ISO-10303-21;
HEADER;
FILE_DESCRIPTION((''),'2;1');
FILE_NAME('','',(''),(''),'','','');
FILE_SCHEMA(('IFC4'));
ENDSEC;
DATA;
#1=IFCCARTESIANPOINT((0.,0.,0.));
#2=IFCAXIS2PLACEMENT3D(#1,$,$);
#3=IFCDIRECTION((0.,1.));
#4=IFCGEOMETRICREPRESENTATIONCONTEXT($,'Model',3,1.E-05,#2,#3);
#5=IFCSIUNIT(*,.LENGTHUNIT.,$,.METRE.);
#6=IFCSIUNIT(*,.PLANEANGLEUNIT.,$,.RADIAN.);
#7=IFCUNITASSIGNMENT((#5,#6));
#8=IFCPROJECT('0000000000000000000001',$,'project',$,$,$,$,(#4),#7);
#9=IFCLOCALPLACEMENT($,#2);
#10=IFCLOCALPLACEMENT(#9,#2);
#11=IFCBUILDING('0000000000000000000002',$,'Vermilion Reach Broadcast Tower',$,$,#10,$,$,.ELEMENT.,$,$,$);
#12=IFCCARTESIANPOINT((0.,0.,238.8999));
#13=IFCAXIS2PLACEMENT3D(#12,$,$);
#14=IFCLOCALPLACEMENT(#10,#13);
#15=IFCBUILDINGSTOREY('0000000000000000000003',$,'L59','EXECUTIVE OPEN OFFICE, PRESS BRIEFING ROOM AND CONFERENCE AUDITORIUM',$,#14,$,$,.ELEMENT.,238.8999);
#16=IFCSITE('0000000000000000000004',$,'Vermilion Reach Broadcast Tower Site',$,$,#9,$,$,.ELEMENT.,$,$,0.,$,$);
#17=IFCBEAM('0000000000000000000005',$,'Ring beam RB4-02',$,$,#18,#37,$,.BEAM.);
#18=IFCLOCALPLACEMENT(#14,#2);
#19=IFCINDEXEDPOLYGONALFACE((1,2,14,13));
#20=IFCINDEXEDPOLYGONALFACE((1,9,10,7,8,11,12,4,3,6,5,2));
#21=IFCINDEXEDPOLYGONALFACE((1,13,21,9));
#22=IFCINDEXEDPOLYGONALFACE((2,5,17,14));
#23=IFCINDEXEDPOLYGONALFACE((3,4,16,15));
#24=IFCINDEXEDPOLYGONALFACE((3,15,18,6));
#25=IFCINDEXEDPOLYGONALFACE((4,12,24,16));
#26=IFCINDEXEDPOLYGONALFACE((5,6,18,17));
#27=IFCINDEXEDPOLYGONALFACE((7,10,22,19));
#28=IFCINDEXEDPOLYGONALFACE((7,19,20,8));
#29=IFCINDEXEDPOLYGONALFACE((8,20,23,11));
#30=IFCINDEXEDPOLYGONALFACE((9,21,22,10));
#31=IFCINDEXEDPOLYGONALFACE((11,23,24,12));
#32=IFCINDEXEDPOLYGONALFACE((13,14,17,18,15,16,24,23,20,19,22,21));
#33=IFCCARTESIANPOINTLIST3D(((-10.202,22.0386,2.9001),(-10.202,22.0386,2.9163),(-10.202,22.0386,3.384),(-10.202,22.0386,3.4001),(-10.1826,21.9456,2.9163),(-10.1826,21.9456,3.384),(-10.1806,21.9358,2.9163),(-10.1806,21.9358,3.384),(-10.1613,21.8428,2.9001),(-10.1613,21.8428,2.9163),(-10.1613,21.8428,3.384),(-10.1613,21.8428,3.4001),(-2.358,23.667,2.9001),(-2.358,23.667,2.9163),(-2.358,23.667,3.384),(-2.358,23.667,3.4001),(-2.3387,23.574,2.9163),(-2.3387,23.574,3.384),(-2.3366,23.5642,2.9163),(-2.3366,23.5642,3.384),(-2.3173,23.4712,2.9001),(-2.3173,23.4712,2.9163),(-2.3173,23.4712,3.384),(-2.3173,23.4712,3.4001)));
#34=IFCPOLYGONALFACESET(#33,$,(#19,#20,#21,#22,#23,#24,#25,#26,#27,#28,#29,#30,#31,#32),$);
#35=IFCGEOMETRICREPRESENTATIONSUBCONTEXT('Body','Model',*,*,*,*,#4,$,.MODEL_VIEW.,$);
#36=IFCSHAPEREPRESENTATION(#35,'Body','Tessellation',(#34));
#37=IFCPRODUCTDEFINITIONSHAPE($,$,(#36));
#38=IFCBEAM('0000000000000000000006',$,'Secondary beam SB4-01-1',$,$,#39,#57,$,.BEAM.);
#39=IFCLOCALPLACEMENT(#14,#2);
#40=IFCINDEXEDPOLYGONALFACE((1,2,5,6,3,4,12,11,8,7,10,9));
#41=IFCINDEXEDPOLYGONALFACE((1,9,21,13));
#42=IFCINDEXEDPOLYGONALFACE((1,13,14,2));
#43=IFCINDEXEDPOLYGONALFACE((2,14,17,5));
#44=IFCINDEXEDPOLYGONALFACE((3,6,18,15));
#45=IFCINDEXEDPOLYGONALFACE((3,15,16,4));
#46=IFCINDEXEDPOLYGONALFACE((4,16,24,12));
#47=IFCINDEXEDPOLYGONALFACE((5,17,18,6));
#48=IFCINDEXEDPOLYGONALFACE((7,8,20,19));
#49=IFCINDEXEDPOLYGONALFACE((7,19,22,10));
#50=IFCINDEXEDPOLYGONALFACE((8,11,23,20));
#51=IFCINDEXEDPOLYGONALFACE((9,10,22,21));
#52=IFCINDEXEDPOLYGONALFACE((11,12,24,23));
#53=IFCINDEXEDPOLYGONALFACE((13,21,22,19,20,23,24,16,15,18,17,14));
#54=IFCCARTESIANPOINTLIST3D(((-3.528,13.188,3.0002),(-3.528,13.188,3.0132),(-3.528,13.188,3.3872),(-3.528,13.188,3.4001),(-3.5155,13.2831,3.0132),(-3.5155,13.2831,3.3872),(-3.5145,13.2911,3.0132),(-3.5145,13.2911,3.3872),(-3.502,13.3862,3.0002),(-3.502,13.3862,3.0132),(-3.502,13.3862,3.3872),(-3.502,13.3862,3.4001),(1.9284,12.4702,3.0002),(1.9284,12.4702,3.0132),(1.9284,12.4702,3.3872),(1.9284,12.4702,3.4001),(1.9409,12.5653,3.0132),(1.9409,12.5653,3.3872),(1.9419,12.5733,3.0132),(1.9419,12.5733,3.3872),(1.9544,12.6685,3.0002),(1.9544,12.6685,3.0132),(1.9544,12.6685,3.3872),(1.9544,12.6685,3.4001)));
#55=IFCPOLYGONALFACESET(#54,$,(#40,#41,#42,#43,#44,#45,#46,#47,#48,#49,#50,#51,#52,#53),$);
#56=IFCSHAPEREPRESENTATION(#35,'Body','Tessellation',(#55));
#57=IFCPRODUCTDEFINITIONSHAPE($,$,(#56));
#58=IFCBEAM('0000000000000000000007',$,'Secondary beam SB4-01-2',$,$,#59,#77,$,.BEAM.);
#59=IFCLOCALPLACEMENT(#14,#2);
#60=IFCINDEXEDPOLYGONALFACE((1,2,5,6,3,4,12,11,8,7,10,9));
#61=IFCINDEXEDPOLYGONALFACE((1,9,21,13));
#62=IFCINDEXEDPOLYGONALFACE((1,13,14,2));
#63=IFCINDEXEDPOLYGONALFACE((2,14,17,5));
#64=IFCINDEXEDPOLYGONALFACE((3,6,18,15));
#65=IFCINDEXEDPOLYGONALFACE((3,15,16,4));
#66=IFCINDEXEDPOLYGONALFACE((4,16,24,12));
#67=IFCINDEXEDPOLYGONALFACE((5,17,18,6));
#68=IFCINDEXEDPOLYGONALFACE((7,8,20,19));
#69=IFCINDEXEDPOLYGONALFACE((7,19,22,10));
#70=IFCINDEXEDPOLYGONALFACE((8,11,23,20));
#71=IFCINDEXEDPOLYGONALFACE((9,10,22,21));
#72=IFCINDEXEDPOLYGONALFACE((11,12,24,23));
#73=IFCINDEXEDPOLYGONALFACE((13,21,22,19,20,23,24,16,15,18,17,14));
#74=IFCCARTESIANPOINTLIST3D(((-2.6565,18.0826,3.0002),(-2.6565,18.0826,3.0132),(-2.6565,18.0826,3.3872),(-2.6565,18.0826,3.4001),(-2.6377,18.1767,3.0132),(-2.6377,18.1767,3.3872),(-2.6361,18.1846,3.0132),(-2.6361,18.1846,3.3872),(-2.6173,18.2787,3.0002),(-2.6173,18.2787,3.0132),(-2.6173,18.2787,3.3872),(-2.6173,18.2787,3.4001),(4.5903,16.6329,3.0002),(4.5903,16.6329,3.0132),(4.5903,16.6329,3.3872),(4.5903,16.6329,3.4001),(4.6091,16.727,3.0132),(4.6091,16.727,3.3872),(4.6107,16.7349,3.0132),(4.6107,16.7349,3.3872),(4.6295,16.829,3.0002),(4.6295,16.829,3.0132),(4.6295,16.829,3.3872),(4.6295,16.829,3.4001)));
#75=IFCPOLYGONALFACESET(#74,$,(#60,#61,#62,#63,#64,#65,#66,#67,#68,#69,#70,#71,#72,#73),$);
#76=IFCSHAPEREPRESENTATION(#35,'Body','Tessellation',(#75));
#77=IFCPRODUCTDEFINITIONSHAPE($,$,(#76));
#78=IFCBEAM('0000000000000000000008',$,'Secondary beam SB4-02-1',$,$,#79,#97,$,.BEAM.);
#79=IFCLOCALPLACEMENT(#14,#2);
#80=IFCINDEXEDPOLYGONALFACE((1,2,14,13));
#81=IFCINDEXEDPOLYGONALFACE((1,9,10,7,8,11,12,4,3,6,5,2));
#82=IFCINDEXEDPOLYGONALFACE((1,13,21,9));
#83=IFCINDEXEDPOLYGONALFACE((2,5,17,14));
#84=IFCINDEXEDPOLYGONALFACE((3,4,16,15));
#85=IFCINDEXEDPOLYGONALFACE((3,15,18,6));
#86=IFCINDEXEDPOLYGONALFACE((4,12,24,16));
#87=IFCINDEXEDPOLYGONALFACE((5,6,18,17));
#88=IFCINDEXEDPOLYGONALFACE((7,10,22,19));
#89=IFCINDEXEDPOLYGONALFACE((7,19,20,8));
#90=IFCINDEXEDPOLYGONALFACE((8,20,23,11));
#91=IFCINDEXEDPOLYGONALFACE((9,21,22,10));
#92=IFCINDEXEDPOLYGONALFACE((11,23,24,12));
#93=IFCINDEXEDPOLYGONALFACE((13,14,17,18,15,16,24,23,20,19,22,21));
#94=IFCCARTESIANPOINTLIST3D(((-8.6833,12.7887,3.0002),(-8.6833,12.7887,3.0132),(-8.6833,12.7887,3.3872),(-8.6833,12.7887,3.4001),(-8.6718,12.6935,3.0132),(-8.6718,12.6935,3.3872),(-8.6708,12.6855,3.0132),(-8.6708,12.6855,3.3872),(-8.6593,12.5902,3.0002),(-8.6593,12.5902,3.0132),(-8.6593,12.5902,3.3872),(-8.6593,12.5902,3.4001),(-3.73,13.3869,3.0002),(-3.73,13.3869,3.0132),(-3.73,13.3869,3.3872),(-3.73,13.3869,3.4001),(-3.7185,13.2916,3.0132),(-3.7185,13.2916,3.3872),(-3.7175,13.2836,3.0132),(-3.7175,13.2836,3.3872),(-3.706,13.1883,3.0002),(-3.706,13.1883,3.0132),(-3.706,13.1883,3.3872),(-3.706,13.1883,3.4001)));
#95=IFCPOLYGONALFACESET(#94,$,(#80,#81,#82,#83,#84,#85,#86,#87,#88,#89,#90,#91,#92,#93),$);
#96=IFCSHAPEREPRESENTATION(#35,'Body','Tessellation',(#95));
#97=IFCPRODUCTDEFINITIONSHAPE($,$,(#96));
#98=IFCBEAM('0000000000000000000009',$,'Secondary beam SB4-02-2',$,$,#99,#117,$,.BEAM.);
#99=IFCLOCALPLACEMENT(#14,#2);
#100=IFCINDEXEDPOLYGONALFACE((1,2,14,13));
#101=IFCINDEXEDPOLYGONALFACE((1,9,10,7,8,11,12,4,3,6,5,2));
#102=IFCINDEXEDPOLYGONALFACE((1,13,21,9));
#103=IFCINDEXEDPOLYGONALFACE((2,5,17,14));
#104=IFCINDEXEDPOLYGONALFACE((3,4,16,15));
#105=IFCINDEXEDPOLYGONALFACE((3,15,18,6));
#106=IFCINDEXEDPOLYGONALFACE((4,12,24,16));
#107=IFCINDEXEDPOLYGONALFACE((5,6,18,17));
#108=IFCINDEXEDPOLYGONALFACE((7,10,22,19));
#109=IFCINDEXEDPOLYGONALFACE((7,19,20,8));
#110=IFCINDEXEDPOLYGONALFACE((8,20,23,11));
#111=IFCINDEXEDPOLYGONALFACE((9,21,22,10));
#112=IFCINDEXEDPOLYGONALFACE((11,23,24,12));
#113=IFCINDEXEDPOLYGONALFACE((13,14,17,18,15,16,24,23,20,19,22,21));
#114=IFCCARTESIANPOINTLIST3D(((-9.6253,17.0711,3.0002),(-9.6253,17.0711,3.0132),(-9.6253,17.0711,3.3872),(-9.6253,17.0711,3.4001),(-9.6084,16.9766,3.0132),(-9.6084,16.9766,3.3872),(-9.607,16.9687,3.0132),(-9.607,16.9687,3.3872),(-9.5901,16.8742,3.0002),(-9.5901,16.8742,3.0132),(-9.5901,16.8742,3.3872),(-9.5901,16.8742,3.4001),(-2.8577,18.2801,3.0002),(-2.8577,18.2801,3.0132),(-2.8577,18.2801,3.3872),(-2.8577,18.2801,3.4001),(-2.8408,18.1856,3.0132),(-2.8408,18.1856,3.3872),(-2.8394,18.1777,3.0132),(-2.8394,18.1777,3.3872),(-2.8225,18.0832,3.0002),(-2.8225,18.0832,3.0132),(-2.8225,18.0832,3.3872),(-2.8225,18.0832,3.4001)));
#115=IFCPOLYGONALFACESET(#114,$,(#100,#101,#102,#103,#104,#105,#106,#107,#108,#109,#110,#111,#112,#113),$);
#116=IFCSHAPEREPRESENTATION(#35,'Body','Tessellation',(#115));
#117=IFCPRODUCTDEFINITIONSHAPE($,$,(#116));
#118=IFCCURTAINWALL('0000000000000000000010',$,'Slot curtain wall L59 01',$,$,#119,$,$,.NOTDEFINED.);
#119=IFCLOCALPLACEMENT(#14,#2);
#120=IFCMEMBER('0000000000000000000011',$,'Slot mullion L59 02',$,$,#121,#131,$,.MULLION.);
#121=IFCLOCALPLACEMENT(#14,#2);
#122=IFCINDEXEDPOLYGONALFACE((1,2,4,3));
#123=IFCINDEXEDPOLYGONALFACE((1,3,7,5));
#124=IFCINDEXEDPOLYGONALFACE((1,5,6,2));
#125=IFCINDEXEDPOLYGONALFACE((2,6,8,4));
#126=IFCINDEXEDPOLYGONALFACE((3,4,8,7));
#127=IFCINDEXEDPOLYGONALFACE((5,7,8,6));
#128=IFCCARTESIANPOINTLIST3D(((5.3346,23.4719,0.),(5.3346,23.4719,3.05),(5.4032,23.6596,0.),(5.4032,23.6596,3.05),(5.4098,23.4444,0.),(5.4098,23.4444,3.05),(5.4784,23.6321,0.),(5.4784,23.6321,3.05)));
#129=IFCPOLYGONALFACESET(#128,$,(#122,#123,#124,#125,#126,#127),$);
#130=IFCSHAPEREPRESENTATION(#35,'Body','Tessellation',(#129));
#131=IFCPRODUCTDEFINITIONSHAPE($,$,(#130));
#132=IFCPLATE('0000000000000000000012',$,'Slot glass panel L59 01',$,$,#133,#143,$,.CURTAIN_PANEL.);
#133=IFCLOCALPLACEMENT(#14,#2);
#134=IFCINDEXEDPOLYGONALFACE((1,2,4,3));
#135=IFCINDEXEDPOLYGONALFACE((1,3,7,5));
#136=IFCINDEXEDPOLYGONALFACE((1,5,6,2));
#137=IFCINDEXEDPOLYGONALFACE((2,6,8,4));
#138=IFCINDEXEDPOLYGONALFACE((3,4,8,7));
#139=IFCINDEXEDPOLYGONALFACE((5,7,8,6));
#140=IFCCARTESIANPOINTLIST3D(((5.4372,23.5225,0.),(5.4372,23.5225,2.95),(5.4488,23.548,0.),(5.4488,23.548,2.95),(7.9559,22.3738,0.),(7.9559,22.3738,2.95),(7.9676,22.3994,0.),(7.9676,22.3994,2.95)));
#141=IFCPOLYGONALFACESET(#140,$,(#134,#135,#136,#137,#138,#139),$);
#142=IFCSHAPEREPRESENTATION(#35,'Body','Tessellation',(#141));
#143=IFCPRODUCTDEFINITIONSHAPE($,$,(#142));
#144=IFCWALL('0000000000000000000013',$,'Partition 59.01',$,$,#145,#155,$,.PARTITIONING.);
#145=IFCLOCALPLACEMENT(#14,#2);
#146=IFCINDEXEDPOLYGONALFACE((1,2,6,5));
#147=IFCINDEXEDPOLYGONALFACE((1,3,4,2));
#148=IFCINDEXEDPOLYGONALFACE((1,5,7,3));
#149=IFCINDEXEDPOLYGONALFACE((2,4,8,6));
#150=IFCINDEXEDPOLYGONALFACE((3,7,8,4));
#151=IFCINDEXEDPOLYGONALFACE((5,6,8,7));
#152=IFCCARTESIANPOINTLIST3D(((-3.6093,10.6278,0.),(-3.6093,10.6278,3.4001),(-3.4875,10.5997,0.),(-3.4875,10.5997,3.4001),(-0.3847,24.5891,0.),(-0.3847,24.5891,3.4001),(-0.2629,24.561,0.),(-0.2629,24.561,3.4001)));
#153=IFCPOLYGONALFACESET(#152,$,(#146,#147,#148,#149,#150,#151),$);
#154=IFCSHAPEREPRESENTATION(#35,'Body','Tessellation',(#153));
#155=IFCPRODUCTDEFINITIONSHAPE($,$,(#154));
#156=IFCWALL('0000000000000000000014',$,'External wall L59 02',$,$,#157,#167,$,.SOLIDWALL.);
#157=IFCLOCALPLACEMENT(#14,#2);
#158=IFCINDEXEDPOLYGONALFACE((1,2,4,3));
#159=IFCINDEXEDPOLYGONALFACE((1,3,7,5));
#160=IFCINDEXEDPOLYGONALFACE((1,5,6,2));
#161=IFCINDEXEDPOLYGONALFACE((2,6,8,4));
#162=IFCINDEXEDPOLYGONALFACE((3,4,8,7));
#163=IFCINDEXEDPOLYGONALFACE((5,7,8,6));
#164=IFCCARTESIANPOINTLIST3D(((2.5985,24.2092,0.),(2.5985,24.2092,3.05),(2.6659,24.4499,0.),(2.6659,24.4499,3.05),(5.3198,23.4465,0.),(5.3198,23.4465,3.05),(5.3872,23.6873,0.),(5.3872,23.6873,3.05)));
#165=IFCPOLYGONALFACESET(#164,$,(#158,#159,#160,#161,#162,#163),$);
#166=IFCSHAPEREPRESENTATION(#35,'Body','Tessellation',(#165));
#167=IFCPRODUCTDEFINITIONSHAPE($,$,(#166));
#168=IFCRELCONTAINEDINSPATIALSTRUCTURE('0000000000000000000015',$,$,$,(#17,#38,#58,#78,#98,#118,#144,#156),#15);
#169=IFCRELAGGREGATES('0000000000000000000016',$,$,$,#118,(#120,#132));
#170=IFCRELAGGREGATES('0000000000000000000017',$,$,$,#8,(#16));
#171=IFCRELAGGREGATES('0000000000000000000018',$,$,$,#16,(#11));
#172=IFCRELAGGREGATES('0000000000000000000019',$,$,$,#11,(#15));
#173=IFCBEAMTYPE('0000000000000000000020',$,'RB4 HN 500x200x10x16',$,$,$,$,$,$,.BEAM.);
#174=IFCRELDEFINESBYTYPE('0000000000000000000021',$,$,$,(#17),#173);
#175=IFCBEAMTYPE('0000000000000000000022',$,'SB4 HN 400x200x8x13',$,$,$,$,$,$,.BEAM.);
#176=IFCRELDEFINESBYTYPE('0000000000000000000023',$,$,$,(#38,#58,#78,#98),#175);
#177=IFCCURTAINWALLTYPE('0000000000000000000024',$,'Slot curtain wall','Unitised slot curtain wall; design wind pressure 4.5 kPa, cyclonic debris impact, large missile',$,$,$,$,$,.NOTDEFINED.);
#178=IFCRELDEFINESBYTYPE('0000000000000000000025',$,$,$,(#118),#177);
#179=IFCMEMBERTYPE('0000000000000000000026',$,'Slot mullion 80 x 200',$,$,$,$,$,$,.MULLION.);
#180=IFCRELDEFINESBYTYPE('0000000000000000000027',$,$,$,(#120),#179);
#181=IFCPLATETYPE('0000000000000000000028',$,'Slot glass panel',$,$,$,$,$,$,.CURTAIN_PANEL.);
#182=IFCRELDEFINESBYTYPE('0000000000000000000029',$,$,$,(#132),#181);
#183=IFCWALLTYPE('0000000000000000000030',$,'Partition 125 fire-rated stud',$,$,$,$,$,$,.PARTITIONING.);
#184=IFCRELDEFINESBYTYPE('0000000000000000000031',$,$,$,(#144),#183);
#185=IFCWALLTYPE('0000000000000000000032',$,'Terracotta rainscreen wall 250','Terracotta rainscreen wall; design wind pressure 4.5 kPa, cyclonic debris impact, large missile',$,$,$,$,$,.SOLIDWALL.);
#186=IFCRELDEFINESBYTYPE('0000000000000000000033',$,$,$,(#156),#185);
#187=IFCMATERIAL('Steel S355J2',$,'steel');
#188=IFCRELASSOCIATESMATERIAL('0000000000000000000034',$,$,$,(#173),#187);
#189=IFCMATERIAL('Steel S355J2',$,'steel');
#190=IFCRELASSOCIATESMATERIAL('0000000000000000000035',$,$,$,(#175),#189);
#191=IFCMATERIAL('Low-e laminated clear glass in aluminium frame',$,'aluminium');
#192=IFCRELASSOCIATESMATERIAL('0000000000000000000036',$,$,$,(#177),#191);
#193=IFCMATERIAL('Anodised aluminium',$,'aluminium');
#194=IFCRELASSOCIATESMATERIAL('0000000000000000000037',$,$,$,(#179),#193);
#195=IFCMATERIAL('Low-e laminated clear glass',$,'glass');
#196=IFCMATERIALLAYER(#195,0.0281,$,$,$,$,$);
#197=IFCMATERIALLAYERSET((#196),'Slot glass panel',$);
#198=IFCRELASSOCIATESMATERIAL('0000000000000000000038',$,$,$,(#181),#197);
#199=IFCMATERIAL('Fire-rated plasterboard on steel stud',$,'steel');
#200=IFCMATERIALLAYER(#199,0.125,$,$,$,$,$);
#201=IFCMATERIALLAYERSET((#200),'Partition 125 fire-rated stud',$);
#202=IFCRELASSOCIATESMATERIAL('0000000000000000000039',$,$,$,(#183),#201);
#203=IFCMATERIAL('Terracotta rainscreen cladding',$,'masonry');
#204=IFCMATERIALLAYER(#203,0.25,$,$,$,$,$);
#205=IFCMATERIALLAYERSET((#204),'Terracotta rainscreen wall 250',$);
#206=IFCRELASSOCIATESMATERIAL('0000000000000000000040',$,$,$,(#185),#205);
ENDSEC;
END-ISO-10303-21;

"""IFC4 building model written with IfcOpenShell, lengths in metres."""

from ifc_helpers import new_model, si_unit, direction, frame, frame_2d, origin, origin_2d, place, context, subcontext, project, spatial, rectangle, i_section, extrude, material, layer, layer_set, material_profile, profile_set, type_object, element, aggregate, save


model = new_model("IFC4")

# Units and contexts
model_context = context("Model", 3, precision=1e-05, world=origin(), true_north=direction((0.0, 1.0)))
body_context = subcontext(model_context, "Body", "Model", "MODEL_VIEW")
ifc_project = project(units=[si_unit("LENGTHUNIT", "METRE"), si_unit("PLANEANGLEUNIT", "RADIAN")], contexts=[model_context])

# Site, building, storey
site_placement = place(None, origin())
site = spatial("IfcSite", under=ifc_project, at=site_placement, Name="Vermilion Reach Broadcast Tower Site", CompositionType="ELEMENT", RefElevation=0.0)
building_placement = place(site_placement, origin())
building = spatial("IfcBuilding", under=site, at=building_placement, Name="Vermilion Reach Broadcast Tower", CompositionType="ELEMENT")
storey_placement = place(building_placement, frame((0.0, 0.0, 238.8999)))
storey = spatial("IfcBuildingStorey", under=building, at=storey_placement, Name="L59", Description="EXECUTIVE OPEN OFFICE, PRESS BRIEFING ROOM AND CONFERENCE AUDITORIUM", CompositionType="ELEMENT", Elevation=238.8999)

# Beams
ifc_material_1 = material(Name="Steel S355J2", Category="steel")
ifc_material_profile_1 = material_profile(ifc_material_1, i_section(OverallWidth=0.2, OverallDepth=0.5, WebThickness=0.01, FlangeThickness=0.0161, at=origin_2d()), Name="S355J2 HN 500x200x10x16")
ifc_profile_set_1 = profile_set([ifc_material_profile_1], Name="Steel S355J2")
beam_type_1 = type_object("IfcBeamType", Name="RB4 HN 500x200x10x16", PredefinedType="BEAM", material=ifc_profile_set_1)
beam_1_placement = place(storey_placement, frame((-2.3376, 23.5691, 3.1501), z_axis=(-0.979123, -0.203267, 0.0), x_axis=(0.203267, -0.979123, 0.0)))
element("IfcBeam", 1, at=beam_1_placement, inside=storey, type_object=beam_type_1, Name="Ring beam RB4-02", PredefinedType="BEAM", context=body_context, shape_type="SweptSolid", body=[
    extrude(i_section(OverallWidth=0.2, OverallDepth=0.5, WebThickness=0.01, FlangeThickness=0.0161, at=origin_2d()), origin(), (0.0, 0.0, 1.0), 8.0112),
])
ifc_material_2 = material(Name="Steel S355J2", Category="steel")
ifc_material_profile_2 = material_profile(ifc_material_2, i_section(OverallWidth=0.2, OverallDepth=0.3999, WebThickness=0.0081, FlangeThickness=0.0129, at=origin_2d()), Name="S355J2 HN 400x200x8x13")
ifc_profile_set_2 = profile_set([ifc_material_profile_2], Name="Steel S355J2")
beam_type_2 = type_object("IfcBeamType", Name="SB4 HN 400x200x8x13", PredefinedType="BEAM", material=ifc_profile_set_2)
beam_2_placement = place(storey_placement, frame((1.9414, 12.5693, 3.2002), z_axis=(-0.991458, 0.130426, 0.0), x_axis=(-0.130426, -0.991458, 0.0)))
element("IfcBeam", 2, at=beam_2_placement, inside=storey, type_object=beam_type_2, Name="Secondary beam SB4-01-1", PredefinedType="BEAM", context=body_context, shape_type="SweptSolid", body=[
    extrude(i_section(OverallWidth=0.2, OverallDepth=0.3999, WebThickness=0.0081, FlangeThickness=0.0129, at=origin_2d()), origin(), (0.0, 0.0, 1.0), 5.5034),
])
beam_3_placement = place(storey_placement, frame((4.6099, 16.731, 3.2002), z_axis=(-0.980572, 0.196161, 0.0), x_axis=(-0.196161, -0.980572, 0.0)))
element("IfcBeam", 3, at=beam_3_placement, inside=storey, type_object=beam_type_2, Name="Secondary beam SB4-01-2", PredefinedType="BEAM", context=body_context, shape_type="SweptSolid", body=[
    extrude(i_section(OverallWidth=0.2, OverallDepth=0.3999, WebThickness=0.0081, FlangeThickness=0.0129, at=origin_2d()), origin(), (0.0, 0.0, 1.0), 7.3904),
])
beam_4_placement = place(storey_placement, frame((-3.718, 13.2876, 3.2002), z_axis=(-0.992788, -0.119884, 0.0), x_axis=(0.119884, -0.992788, 0.0)))
element("IfcBeam", 4, at=beam_4_placement, inside=storey, type_object=beam_type_2, Name="Secondary beam SB4-02-1", PredefinedType="BEAM", context=body_context, shape_type="SweptSolid", body=[
    extrude(i_section(OverallWidth=0.2, OverallDepth=0.3999, WebThickness=0.0081, FlangeThickness=0.0129, at=origin_2d()), origin(), (0.0, 0.0, 1.0), 4.9893),
])
beam_5_placement = place(storey_placement, frame((-2.8401, 18.1816, 3.2002), z_axis=(-0.984415, -0.175859, 0.0), x_axis=(0.175859, -0.984415, 0.0)))
element("IfcBeam", 5, at=beam_5_placement, inside=storey, type_object=beam_type_2, Name="Secondary beam SB4-02-2", PredefinedType="BEAM", context=body_context, shape_type="SweptSolid", body=[
    extrude(i_section(OverallWidth=0.2, OverallDepth=0.3999, WebThickness=0.0081, FlangeThickness=0.0129, at=origin_2d()), origin(), (0.0, 0.0, 1.0), 6.8748),
])

# Curtain wall, member, plate
ifc_material_3 = material(Name="Low-e laminated clear glass in aluminium frame", Category="aluminium")
curtain_wall_type = type_object("IfcCurtainWallType", Name="Slot curtain wall", Description="Unitised slot curtain wall; design wind pressure 4.5 kPa, cyclonic debris impact, large missile", PredefinedType="NOTDEFINED", material=ifc_material_3)
curtain_wall_placement = place(storey_placement, origin())
curtain_wall = element("IfcCurtainWall", 6, at=curtain_wall_placement, inside=storey, type_object=curtain_wall_type, Name="Slot curtain wall L59 01", PredefinedType="NOTDEFINED")
ifc_material_4 = material(Name="Anodised aluminium", Category="aluminium")
ifc_material_profile_3 = material_profile(ifc_material_4, rectangle(XDim=0.2, YDim=0.0801, at=origin_2d()), Name="Slot mullion 80 x 200")
ifc_profile_set_3 = profile_set([ifc_material_profile_3], Name="Anodised aluminium")
member_type = type_object("IfcMemberType", Name="Slot mullion 80 x 200", PredefinedType="MULLION", material=ifc_profile_set_3)
member_placement = place(storey_placement, frame((5.4065, 23.552, 0.0), z_axis=(0.0, 0.0, 1.0), x_axis=(-0.343439, -0.939175, 0.0)))
member = element("IfcMember", 7, at=member_placement, type_object=member_type, Name="Slot mullion L59 02", PredefinedType="MULLION", context=body_context, shape_type="SweptSolid", body=[
    extrude(rectangle(XDim=0.2, YDim=0.0801, at=origin_2d()), origin(), (0.0, 0.0, 1.0), 3.05),
])
ifc_material_5 = material(Name="Low-e laminated clear glass", Category="glass")
ifc_layer_1 = layer(ifc_material_5, 0.0281)
ifc_layer_set_1 = layer_set([ifc_layer_1], Name="Slot glass panel")
plate_type = type_object("IfcPlateType", Name="Slot glass panel", PredefinedType="CURTAIN_PANEL", material=ifc_layer_set_1)
plate_placement = place(storey_placement, frame((6.7024, 22.9609, 0.0), z_axis=(0.0, 0.0, 1.0), x_axis=(-0.909849, 0.414939, 0.0)))
plate = element("IfcPlate", 8, at=plate_placement, type_object=plate_type, Name="Slot glass panel L59 01", PredefinedType="CURTAIN_PANEL", context=body_context, shape_type="SweptSolid", body=[
    extrude(rectangle(XDim=2.7683, YDim=0.0281, at=origin_2d()), origin(), (0.0, 0.0, 1.0), 2.95),
])
aggregate(curtain_wall, [member, plate])

# Walls
ifc_material_6 = material(Name="Fire-rated plasterboard on steel stud", Category="steel")
ifc_layer_2 = layer(ifc_material_6, 0.125)
ifc_layer_set_2 = layer_set([ifc_layer_2], Name="Partition 125 fire-rated stud")
wall_type_1 = type_object("IfcWallType", Name="Partition 125 fire-rated stud", PredefinedType="PARTITIONING", material=ifc_layer_set_2)
wall_1_placement = place(storey_placement, frame((-0.3237, 24.5752, 0.0), z_axis=(0.0, 0.0, 1.0), x_axis=(-0.225045, -0.974348, 0.0)))
element("IfcWall", 9, at=wall_1_placement, inside=storey, type_object=wall_type_1, Name="Partition 59.01", PredefinedType="PARTITIONING", context=body_context, shape_type="SweptSolid", body=[
    extrude(rectangle(XDim=14.3289, YDim=0.125, at=frame_2d((7.1646, 0.0))), origin(), (0.0, 0.0, 1.0), 3.4001),
])
ifc_material_7 = material(Name="Terracotta rainscreen cladding", Category="masonry")
ifc_layer_3 = layer(ifc_material_7, 0.25)
ifc_layer_set_3 = layer_set([ifc_layer_3], Name="Terracotta rainscreen wall 250")
wall_type_2 = type_object("IfcWallType", Name="Terracotta rainscreen wall 250", Description="Terracotta rainscreen wall; design wind pressure 4.5 kPa, cyclonic debris impact, large missile", PredefinedType="SOLIDWALL", material=ifc_layer_set_3)
wall_2_placement = place(storey_placement, frame((5.3535, 23.5669, 0.0), z_axis=(0.0, 0.0, 1.0), x_axis=(-0.9629, 0.269857, 0.0)))
element("IfcWall", 10, at=wall_2_placement, inside=storey, type_object=wall_type_2, Name="External wall L59 02", PredefinedType="SOLIDWALL", context=body_context, shape_type="SweptSolid", body=[
    extrude(rectangle(XDim=2.8262, YDim=0.25, at=frame_2d((1.4131, 0.0))), origin(), (0.0, 0.0, 1.0), 3.05),
])

save(model, "model.ifc")
